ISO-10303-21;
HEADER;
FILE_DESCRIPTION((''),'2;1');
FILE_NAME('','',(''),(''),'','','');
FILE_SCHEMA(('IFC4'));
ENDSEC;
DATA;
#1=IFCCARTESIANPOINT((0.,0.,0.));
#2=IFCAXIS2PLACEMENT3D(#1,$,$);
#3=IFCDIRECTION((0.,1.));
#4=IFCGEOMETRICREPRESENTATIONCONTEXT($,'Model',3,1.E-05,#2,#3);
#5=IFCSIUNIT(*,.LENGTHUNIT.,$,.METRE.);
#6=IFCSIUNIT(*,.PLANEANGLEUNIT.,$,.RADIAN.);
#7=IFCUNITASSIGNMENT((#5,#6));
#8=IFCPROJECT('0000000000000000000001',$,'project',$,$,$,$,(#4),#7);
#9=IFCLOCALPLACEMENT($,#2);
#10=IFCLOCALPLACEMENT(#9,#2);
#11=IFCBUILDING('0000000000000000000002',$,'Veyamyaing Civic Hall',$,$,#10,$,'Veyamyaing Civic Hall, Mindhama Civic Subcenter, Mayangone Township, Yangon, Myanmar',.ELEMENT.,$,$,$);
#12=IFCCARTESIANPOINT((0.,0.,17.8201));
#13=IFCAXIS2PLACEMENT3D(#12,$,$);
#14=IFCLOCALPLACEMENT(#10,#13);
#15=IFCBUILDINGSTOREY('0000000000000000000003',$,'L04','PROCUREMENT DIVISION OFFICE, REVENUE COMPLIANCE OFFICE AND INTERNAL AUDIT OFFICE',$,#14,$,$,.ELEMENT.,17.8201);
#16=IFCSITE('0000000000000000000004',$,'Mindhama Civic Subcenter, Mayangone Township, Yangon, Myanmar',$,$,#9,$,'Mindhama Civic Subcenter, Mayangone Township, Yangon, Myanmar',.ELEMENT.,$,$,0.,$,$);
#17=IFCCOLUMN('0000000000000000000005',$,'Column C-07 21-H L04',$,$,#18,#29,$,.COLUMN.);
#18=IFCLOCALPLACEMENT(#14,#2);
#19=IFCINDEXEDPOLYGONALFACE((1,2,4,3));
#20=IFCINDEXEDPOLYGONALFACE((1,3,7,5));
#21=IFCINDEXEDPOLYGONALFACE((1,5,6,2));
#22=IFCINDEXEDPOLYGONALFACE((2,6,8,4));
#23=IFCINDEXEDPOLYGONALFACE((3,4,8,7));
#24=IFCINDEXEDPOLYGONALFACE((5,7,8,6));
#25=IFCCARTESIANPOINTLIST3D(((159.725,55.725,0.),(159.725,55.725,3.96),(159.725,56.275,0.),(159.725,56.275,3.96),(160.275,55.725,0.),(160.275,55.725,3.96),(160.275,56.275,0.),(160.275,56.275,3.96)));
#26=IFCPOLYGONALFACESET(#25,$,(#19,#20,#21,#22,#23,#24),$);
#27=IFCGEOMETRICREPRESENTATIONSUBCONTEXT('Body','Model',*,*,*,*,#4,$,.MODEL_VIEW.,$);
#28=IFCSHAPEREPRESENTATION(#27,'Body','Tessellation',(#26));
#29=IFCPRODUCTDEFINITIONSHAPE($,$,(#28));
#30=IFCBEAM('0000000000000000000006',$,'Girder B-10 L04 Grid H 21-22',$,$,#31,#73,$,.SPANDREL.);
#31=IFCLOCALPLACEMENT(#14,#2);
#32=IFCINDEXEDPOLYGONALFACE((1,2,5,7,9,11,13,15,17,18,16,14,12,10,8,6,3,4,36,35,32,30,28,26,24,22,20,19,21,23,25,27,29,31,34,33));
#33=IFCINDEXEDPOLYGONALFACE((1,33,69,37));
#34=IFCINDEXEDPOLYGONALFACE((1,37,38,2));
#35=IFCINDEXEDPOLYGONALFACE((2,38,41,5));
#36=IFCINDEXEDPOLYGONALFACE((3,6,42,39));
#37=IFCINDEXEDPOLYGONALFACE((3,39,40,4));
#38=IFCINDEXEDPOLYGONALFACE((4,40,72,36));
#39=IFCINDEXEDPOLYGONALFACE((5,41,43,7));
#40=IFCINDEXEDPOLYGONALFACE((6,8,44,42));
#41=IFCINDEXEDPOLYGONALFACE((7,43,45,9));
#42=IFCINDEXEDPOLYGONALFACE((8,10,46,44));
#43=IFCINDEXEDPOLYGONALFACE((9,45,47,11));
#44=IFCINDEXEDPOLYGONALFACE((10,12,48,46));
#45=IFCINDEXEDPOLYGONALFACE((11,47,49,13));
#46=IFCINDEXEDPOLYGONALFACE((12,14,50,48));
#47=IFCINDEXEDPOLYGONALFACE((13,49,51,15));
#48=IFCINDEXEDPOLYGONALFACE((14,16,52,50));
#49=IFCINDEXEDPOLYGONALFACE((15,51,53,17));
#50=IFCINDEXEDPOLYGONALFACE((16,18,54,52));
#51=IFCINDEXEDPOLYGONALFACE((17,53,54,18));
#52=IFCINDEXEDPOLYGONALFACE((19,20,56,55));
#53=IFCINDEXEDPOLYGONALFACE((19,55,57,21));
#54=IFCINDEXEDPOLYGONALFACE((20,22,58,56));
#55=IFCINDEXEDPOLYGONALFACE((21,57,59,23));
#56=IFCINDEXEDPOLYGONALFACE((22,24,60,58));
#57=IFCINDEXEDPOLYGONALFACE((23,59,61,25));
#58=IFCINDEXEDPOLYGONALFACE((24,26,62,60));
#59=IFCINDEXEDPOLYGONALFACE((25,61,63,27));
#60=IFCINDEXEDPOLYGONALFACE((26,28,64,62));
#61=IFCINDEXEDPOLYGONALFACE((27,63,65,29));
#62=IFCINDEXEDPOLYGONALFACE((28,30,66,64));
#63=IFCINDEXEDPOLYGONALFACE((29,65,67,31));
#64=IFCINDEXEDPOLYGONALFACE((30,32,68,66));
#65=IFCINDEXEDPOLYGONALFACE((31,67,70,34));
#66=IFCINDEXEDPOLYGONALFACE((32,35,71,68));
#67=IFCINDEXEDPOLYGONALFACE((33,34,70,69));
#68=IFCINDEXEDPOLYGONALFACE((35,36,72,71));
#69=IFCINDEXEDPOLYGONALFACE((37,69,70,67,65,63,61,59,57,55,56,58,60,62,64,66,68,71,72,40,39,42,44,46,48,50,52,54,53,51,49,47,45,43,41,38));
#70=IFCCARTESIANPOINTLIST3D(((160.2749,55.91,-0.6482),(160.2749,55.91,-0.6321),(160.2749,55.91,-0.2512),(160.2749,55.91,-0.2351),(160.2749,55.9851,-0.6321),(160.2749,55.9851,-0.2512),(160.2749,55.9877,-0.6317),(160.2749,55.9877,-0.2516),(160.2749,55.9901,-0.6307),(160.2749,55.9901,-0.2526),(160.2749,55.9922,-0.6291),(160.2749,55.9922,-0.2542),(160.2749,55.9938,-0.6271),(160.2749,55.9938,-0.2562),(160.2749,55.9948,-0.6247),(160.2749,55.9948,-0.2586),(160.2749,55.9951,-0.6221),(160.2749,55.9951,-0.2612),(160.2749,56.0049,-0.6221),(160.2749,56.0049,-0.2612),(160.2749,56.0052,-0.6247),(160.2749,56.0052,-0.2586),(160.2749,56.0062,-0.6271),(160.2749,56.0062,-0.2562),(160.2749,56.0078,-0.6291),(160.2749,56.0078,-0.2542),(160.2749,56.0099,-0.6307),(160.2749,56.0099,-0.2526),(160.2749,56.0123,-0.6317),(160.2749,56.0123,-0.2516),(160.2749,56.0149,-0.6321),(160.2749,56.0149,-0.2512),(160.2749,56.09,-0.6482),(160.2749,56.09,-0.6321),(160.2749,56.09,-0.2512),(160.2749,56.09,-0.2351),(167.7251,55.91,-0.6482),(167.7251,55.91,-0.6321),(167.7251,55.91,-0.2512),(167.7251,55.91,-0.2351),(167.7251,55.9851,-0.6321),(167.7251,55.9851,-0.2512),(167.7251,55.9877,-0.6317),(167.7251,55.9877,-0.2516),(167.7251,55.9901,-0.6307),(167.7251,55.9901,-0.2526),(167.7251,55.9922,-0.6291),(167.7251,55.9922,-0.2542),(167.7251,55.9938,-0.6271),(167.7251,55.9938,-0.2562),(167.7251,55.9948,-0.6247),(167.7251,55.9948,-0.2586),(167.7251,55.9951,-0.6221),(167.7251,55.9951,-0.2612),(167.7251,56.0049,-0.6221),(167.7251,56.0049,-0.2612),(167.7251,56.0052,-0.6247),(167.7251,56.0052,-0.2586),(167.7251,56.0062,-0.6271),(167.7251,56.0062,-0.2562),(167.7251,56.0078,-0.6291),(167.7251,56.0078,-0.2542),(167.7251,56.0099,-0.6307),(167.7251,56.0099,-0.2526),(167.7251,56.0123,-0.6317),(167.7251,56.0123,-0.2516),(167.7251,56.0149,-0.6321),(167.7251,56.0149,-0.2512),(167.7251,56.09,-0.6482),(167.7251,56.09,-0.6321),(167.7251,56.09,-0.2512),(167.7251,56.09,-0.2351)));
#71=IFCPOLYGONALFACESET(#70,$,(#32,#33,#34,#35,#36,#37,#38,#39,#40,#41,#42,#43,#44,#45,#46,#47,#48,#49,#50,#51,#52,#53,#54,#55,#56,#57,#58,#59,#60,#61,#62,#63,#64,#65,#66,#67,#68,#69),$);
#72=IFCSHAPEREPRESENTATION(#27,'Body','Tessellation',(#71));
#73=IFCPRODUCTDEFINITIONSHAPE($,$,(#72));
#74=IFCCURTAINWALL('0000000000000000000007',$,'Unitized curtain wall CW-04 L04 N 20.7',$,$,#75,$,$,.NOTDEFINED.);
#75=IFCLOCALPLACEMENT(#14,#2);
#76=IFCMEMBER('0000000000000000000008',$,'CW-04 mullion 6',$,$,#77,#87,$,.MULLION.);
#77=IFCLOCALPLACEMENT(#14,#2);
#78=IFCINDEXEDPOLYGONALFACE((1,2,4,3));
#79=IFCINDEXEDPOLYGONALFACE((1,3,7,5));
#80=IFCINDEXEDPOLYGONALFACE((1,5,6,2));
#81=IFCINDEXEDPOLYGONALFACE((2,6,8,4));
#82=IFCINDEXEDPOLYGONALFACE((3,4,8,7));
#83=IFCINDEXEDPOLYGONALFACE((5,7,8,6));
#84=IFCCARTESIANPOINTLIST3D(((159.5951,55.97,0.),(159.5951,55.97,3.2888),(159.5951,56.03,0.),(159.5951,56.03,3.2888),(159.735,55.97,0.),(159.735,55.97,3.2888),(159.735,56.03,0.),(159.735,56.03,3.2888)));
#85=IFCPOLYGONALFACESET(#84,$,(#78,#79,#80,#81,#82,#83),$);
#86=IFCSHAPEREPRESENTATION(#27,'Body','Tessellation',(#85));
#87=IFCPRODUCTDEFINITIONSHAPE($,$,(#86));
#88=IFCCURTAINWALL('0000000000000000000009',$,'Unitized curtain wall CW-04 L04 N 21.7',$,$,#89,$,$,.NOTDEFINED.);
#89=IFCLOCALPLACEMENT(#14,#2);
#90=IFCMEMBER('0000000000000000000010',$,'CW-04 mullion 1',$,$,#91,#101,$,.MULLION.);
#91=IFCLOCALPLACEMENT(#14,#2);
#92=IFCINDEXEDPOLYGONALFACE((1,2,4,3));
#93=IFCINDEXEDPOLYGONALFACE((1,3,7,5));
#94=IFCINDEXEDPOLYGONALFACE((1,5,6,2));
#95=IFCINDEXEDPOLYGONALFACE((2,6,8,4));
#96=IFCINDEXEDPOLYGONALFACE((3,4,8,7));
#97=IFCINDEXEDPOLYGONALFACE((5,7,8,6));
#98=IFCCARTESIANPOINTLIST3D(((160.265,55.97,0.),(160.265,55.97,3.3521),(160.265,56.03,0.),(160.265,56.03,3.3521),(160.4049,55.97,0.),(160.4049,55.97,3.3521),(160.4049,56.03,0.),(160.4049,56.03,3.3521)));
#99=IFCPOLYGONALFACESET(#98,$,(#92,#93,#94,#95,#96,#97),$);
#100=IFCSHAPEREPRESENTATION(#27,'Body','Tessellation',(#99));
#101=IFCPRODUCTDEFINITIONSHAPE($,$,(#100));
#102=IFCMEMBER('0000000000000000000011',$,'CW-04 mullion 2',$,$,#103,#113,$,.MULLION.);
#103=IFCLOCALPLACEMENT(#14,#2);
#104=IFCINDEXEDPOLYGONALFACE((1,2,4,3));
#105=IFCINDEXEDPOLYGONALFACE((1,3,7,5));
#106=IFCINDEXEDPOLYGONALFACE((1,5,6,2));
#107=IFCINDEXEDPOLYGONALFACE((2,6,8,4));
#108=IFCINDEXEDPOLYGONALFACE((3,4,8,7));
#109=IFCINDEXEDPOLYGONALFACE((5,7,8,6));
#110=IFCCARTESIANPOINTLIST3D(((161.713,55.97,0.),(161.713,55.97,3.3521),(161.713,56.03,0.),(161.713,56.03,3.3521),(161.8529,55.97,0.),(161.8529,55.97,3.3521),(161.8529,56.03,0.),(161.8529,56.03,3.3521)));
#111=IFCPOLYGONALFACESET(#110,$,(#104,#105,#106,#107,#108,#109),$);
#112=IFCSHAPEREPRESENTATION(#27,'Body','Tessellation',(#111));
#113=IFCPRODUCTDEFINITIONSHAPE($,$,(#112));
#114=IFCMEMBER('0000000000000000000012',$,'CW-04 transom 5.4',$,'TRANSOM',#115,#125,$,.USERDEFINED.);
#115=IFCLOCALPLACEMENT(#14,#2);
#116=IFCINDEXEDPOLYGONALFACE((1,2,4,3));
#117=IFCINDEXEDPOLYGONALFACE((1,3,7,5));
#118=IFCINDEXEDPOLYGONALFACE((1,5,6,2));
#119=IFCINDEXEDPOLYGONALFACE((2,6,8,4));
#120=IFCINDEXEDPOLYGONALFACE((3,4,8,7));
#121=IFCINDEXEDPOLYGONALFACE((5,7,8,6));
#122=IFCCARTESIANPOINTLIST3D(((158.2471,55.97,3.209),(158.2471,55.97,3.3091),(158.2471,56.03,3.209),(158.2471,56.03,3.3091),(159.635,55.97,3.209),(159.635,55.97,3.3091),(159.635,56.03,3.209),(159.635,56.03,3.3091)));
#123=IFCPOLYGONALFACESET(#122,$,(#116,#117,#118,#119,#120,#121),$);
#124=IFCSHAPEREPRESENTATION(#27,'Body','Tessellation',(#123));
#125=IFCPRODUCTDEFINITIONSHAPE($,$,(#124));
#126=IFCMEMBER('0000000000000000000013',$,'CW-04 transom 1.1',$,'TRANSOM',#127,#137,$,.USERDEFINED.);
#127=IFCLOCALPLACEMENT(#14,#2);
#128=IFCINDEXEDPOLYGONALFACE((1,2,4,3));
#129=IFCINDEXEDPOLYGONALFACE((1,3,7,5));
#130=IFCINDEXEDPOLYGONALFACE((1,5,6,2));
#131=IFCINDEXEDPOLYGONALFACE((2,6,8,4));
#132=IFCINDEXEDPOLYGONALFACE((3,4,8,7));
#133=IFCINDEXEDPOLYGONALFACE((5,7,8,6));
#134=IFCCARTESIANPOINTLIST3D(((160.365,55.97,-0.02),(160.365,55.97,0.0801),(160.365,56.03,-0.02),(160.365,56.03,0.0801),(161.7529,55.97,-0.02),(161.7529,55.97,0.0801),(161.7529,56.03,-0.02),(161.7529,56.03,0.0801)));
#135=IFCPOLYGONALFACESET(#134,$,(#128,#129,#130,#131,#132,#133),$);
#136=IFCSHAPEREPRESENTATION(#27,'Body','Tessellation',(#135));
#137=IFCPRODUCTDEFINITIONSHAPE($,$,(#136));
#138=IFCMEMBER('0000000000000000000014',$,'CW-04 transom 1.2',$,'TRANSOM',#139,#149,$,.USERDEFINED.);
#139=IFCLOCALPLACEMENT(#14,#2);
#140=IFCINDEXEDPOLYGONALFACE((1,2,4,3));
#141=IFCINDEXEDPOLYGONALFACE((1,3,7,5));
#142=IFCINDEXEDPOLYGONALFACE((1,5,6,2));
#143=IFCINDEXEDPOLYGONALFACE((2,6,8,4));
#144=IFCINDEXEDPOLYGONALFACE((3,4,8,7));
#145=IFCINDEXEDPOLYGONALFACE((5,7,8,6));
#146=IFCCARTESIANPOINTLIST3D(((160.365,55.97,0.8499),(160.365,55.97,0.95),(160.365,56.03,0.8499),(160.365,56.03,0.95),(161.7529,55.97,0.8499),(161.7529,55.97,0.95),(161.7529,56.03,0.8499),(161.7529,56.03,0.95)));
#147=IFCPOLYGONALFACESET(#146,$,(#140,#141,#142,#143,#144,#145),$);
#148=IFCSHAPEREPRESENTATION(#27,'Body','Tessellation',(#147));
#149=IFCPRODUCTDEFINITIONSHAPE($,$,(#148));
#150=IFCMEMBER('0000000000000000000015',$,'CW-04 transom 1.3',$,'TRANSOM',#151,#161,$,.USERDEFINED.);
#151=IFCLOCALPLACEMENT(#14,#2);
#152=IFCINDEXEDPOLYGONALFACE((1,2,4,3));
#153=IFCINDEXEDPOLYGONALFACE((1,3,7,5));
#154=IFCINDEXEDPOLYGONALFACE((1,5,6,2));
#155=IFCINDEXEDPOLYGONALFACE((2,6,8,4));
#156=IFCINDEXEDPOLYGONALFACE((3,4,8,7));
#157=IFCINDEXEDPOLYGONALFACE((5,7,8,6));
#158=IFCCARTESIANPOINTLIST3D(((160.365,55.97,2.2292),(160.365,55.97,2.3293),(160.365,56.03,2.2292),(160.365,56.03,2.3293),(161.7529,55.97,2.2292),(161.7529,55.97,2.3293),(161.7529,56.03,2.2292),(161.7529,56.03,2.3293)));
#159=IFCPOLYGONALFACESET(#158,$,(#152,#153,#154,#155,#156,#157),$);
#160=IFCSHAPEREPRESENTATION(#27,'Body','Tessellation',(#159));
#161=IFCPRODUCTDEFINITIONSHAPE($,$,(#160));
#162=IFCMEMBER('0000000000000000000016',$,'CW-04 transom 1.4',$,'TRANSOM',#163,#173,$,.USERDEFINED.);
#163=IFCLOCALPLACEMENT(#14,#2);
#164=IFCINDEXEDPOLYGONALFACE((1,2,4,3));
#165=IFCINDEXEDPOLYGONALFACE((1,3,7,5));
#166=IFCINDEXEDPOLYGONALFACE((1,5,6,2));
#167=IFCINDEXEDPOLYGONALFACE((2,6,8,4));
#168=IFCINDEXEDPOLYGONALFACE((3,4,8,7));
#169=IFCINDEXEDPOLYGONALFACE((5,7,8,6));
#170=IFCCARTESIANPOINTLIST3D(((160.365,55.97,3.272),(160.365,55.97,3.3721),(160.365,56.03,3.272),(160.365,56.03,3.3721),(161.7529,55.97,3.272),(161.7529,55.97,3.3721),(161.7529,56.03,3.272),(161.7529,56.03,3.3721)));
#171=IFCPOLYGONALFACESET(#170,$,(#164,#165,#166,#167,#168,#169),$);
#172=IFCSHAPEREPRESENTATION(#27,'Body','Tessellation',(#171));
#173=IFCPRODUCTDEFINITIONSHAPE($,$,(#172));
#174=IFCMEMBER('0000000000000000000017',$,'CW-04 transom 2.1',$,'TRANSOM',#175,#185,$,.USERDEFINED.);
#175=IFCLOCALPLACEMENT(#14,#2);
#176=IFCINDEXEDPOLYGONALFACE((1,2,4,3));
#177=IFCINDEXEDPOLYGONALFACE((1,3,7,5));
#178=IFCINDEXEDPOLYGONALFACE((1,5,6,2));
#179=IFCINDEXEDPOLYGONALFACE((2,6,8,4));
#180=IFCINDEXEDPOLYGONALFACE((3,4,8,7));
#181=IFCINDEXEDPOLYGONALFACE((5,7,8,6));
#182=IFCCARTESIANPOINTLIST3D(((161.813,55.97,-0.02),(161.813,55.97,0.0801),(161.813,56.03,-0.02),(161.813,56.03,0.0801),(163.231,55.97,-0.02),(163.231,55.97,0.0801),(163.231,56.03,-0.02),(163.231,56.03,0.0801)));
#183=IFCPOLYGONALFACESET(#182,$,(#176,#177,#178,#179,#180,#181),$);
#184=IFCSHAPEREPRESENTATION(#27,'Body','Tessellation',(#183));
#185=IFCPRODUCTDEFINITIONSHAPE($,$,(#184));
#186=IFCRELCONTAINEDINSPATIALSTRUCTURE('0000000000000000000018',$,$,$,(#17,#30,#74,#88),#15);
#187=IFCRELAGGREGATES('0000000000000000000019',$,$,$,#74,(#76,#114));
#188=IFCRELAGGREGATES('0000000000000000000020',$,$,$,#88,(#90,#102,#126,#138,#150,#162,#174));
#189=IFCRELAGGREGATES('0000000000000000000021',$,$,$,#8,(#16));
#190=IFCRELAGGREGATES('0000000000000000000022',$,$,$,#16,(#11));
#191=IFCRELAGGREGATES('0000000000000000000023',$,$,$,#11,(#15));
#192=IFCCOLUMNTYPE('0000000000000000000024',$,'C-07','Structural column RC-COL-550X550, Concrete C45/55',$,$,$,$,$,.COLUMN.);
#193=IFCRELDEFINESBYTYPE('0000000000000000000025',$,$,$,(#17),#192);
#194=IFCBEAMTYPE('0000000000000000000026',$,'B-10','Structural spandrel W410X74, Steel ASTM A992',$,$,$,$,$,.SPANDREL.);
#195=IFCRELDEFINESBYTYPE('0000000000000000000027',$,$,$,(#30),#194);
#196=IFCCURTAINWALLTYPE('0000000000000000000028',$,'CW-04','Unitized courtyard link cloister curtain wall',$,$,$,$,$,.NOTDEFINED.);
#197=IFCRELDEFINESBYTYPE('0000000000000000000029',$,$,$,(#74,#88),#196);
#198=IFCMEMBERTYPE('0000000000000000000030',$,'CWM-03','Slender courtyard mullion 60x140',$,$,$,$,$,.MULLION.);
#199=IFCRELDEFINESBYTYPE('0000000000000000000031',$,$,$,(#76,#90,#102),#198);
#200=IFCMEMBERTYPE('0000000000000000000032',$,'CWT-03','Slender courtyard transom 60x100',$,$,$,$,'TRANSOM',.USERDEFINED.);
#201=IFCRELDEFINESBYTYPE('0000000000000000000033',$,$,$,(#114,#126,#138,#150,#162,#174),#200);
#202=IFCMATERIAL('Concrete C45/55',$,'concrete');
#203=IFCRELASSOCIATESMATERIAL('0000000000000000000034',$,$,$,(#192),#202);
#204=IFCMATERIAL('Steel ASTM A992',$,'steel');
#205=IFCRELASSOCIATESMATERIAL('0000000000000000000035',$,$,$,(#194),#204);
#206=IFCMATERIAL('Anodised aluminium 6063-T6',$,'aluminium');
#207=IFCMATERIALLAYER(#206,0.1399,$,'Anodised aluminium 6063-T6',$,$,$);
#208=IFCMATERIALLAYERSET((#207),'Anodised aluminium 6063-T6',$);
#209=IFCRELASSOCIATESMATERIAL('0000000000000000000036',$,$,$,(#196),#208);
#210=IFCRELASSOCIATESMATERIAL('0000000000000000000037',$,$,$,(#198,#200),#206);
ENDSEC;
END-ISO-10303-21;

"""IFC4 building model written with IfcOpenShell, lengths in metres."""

from ifc_helpers import new_model, si_unit, direction, frame, origin, origin_2d, place, context, subcontext, project, spatial, rectangle, i_section, extrude, material, layer, layer_set, material_profile, profile_set, type_object, element, aggregate, save


model = new_model("IFC4")

# Units and contexts
model_context = context("Model", 3, precision=1e-05, world=origin(), true_north=direction((0.0, 1.0)))
body_context = subcontext(model_context, "Body", "Model", "MODEL_VIEW")
ifc_project = project(units=[si_unit("LENGTHUNIT", "METRE"), si_unit("PLANEANGLEUNIT", "RADIAN")], contexts=[model_context])

# Site, building, storey
site_placement = place(None, origin())
site = spatial("IfcSite", under=ifc_project, at=site_placement, Name="Mindhama Civic Subcenter, Mayangone Township, Yangon, Myanmar", LongName="Mindhama Civic Subcenter, Mayangone Township, Yangon, Myanmar", CompositionType="ELEMENT", RefElevation=0.0)
building_placement = place(site_placement, origin())
building = spatial("IfcBuilding", under=site, at=building_placement, Name="Veyamyaing Civic Hall", LongName="Veyamyaing Civic Hall, Mindhama Civic Subcenter, Mayangone Township, Yangon, Myanmar", CompositionType="ELEMENT")
storey_placement = place(building_placement, frame((0.0, 0.0, 17.8201)))
storey = spatial("IfcBuildingStorey", under=building, at=storey_placement, Name="L04", Description="PROCUREMENT DIVISION OFFICE, REVENUE COMPLIANCE OFFICE AND INTERNAL AUDIT OFFICE", CompositionType="ELEMENT", Elevation=17.8201)

# Column
ifc_material_1 = material(Name="Concrete C45/55", Category="concrete")
ifc_material_profile_1 = material_profile(ifc_material_1, rectangle(XDim=0.55, YDim=0.55, at=origin_2d()), Name="RC-COL-550X550")
ifc_profile_set_1 = profile_set([ifc_material_profile_1], Name="Concrete C45/55")
column_type = type_object("IfcColumnType", Name="C-07", Description="Structural column RC-COL-550X550, Concrete C45/55", PredefinedType="COLUMN", material=ifc_profile_set_1)
column_placement = place(storey_placement, frame((160.0, 56.0, 0.0), z_axis=(0.0, 0.0, 1.0), x_axis=(1.0, 0.0, 0.0)))
element("IfcColumn", 1, at=column_placement, inside=storey, type_object=column_type, Name="Column C-07 21-H L04", PredefinedType="COLUMN", context=body_context, shape_type="SweptSolid", body=[
    extrude(rectangle(XDim=0.55, YDim=0.55, at=origin_2d()), origin(), (0.0, 0.0, 1.0), 3.96),
])

# Beam
ifc_material_2 = material(Name="Steel ASTM A992", Category="steel")
ifc_material_profile_2 = material_profile(ifc_material_2, i_section(OverallWidth=0.1799, OverallDepth=0.4131, WebThickness=0.0098, FlangeThickness=0.0161, FilletRadius=0.01, at=origin_2d()), Name="W410X74")
ifc_profile_set_2 = profile_set([ifc_material_profile_2], Name="Steel ASTM A992")
beam_type = type_object("IfcBeamType", Name="B-10", Description="Structural spandrel W410X74, Steel ASTM A992", PredefinedType="SPANDREL", material=ifc_profile_set_2)
beam_placement = place(storey_placement, frame((160.2749, 56.0, -0.4417), z_axis=(1.0, 0.0, 0.0), x_axis=(0.0, 1.0, 0.0)))
element("IfcBeam", 2, at=beam_placement, inside=storey, type_object=beam_type, Name="Girder B-10 L04 Grid H 21-22", PredefinedType="SPANDREL", context=body_context, shape_type="SweptSolid", body=[
    extrude(i_section(OverallWidth=0.1799, OverallDepth=0.4131, WebThickness=0.0098, FlangeThickness=0.0161, FilletRadius=0.01, at=origin_2d()), origin(), (0.0, 0.0, 1.0), 7.4502),
])

# Curtain wall, member
ifc_material_3 = material(Name="Anodised aluminium 6063-T6", Category="aluminium")
ifc_layer_1 = layer(ifc_material_3, 0.1399, Name="Anodised aluminium 6063-T6")
ifc_layer_set_1 = layer_set([ifc_layer_1], Name="Anodised aluminium 6063-T6")
curtain_wall_type = type_object("IfcCurtainWallType", Name="CW-04", Description="Unitized courtyard link cloister curtain wall", PredefinedType="NOTDEFINED", material=ifc_layer_set_1)
curtain_wall_1_placement = place(storey_placement, origin())
curtain_wall_1 = element("IfcCurtainWall", 3, at=curtain_wall_1_placement, inside=storey, type_object=curtain_wall_type, Name="Unitized curtain wall CW-04 L04 N 20.7", PredefinedType="NOTDEFINED")
ifc_material_profile_3 = material_profile(ifc_material_3, rectangle(XDim=0.0601, YDim=0.1399, at=origin_2d()), Name="ALU-MUL-60X140")
ifc_profile_set_3 = profile_set([ifc_material_profile_3], Name="Anodised aluminium 6063-T6")
member_type_1 = type_object("IfcMemberType", Name="CWM-03", Description="Slender courtyard mullion 60x140", PredefinedType="MULLION", material=ifc_profile_set_3)
member_1_placement = place(storey_placement, frame((159.665, 56.0, 0.0), z_axis=(0.0, 0.0, 1.0), x_axis=(0.0, 1.0, 0.0)))
member_1 = element("IfcMember", 4, at=member_1_placement, type_object=member_type_1, Name="CW-04 mullion 6", PredefinedType="MULLION", context=body_context, shape_type="SweptSolid", body=[
    extrude(rectangle(XDim=0.0601, YDim=0.1399, at=origin_2d()), origin(), (0.0, 0.0, 1.0), 3.2888),
])

# Curtain wall, members
curtain_wall_2_placement = place(storey_placement, origin())
curtain_wall_2 = element("IfcCurtainWall", 5, at=curtain_wall_2_placement, inside=storey, type_object=curtain_wall_type, Name="Unitized curtain wall CW-04 L04 N 21.7", PredefinedType="NOTDEFINED")
member_2_placement = place(storey_placement, frame((160.335, 56.0, 0.0), z_axis=(0.0, 0.0, 1.0), x_axis=(0.0, 1.0, 0.0)))
member_2 = element("IfcMember", 6, at=member_2_placement, type_object=member_type_1, Name="CW-04 mullion 1", PredefinedType="MULLION", context=body_context, shape_type="SweptSolid", body=[
    extrude(rectangle(XDim=0.0601, YDim=0.1399, at=origin_2d()), origin(), (0.0, 0.0, 1.0), 3.3521),
])
member_3_placement = place(storey_placement, frame((161.783, 56.0, 0.0), z_axis=(0.0, 0.0, 1.0), x_axis=(0.0, 1.0, 0.0)))
member_3 = element("IfcMember", 7, at=member_3_placement, type_object=member_type_1, Name="CW-04 mullion 2", PredefinedType="MULLION", context=body_context, shape_type="SweptSolid", body=[
    extrude(rectangle(XDim=0.0601, YDim=0.1399, at=origin_2d()), origin(), (0.0, 0.0, 1.0), 3.3521),
])

# Members
ifc_material_profile_4 = material_profile(ifc_material_3, rectangle(XDim=0.0601, YDim=0.1001, at=origin_2d()), Name="ALU-TRN-60X100")
ifc_profile_set_4 = profile_set([ifc_material_profile_4], Name="Anodised aluminium 6063-T6")
member_type_2 = type_object("IfcMemberType", Name="CWT-03", Description="Slender courtyard transom 60x100", ElementType="TRANSOM", PredefinedType="USERDEFINED", material=ifc_profile_set_4)
member_4_placement = place(storey_placement, frame((158.2471, 56.0, 3.259), z_axis=(1.0, 0.0, 0.0), x_axis=(0.0, 1.0, 0.0)))
member_4 = element("IfcMember", 8, at=member_4_placement, type_object=member_type_2, Name="CW-04 transom 5.4", ObjectType="TRANSOM", PredefinedType="USERDEFINED", context=body_context, shape_type="SweptSolid", body=[
    extrude(rectangle(XDim=0.0601, YDim=0.1001, at=origin_2d()), origin(), (0.0, 0.0, 1.0), 1.3879),
])
member_5_placement = place(storey_placement, frame((160.365, 56.0, 0.03), z_axis=(1.0, 0.0, 0.0), x_axis=(0.0, 1.0, 0.0)))
member_5 = element("IfcMember", 9, at=member_5_placement, type_object=member_type_2, Name="CW-04 transom 1.1", ObjectType="TRANSOM", PredefinedType="USERDEFINED", context=body_context, shape_type="SweptSolid", body=[
    extrude(rectangle(XDim=0.0601, YDim=0.1001, at=origin_2d()), origin(), (0.0, 0.0, 1.0), 1.3879),
])
member_6_placement = place(storey_placement, frame((160.365, 56.0, 0.8999), z_axis=(1.0, 0.0, 0.0), x_axis=(0.0, 1.0, 0.0)))
member_6 = element("IfcMember", 10, at=member_6_placement, type_object=member_type_2, Name="CW-04 transom 1.2", ObjectType="TRANSOM", PredefinedType="USERDEFINED", context=body_context, shape_type="SweptSolid", body=[
    extrude(rectangle(XDim=0.0601, YDim=0.1001, at=origin_2d()), origin(), (0.0, 0.0, 1.0), 1.3879),
])
member_7_placement = place(storey_placement, frame((160.365, 56.0, 2.2793), z_axis=(1.0, 0.0, 0.0), x_axis=(0.0, 1.0, 0.0)))
member_7 = element("IfcMember", 11, at=member_7_placement, type_object=member_type_2, Name="CW-04 transom 1.3", ObjectType="TRANSOM", PredefinedType="USERDEFINED", context=body_context, shape_type="SweptSolid", body=[
    extrude(rectangle(XDim=0.0601, YDim=0.1001, at=origin_2d()), origin(), (0.0, 0.0, 1.0), 1.3879),
])
member_8_placement = place(storey_placement, frame((160.365, 56.0, 3.322), z_axis=(1.0, 0.0, 0.0), x_axis=(0.0, 1.0, 0.0)))
member_8 = element("IfcMember", 12, at=member_8_placement, type_object=member_type_2, Name="CW-04 transom 1.4", ObjectType="TRANSOM", PredefinedType="USERDEFINED", context=body_context, shape_type="SweptSolid", body=[
    extrude(rectangle(XDim=0.0601, YDim=0.1001, at=origin_2d()), origin(), (0.0, 0.0, 1.0), 1.3879),
])
member_9_placement = place(storey_placement, frame((161.813, 56.0, 0.03), z_axis=(1.0, 0.0, 0.0), x_axis=(0.0, 1.0, 0.0)))
member_9 = element("IfcMember", 13, at=member_9_placement, type_object=member_type_2, Name="CW-04 transom 2.1", ObjectType="TRANSOM", PredefinedType="USERDEFINED", context=body_context, shape_type="SweptSolid", body=[
    extrude(rectangle(XDim=0.0601, YDim=0.1001, at=origin_2d()), origin(), (0.0, 0.0, 1.0), 1.418),
])

aggregate(curtain_wall_1, [member_1, member_4])
aggregate(curtain_wall_2, [member_2, member_3, member_5, member_6, member_7, member_8, member_9])

save(model, "model.ifc")
